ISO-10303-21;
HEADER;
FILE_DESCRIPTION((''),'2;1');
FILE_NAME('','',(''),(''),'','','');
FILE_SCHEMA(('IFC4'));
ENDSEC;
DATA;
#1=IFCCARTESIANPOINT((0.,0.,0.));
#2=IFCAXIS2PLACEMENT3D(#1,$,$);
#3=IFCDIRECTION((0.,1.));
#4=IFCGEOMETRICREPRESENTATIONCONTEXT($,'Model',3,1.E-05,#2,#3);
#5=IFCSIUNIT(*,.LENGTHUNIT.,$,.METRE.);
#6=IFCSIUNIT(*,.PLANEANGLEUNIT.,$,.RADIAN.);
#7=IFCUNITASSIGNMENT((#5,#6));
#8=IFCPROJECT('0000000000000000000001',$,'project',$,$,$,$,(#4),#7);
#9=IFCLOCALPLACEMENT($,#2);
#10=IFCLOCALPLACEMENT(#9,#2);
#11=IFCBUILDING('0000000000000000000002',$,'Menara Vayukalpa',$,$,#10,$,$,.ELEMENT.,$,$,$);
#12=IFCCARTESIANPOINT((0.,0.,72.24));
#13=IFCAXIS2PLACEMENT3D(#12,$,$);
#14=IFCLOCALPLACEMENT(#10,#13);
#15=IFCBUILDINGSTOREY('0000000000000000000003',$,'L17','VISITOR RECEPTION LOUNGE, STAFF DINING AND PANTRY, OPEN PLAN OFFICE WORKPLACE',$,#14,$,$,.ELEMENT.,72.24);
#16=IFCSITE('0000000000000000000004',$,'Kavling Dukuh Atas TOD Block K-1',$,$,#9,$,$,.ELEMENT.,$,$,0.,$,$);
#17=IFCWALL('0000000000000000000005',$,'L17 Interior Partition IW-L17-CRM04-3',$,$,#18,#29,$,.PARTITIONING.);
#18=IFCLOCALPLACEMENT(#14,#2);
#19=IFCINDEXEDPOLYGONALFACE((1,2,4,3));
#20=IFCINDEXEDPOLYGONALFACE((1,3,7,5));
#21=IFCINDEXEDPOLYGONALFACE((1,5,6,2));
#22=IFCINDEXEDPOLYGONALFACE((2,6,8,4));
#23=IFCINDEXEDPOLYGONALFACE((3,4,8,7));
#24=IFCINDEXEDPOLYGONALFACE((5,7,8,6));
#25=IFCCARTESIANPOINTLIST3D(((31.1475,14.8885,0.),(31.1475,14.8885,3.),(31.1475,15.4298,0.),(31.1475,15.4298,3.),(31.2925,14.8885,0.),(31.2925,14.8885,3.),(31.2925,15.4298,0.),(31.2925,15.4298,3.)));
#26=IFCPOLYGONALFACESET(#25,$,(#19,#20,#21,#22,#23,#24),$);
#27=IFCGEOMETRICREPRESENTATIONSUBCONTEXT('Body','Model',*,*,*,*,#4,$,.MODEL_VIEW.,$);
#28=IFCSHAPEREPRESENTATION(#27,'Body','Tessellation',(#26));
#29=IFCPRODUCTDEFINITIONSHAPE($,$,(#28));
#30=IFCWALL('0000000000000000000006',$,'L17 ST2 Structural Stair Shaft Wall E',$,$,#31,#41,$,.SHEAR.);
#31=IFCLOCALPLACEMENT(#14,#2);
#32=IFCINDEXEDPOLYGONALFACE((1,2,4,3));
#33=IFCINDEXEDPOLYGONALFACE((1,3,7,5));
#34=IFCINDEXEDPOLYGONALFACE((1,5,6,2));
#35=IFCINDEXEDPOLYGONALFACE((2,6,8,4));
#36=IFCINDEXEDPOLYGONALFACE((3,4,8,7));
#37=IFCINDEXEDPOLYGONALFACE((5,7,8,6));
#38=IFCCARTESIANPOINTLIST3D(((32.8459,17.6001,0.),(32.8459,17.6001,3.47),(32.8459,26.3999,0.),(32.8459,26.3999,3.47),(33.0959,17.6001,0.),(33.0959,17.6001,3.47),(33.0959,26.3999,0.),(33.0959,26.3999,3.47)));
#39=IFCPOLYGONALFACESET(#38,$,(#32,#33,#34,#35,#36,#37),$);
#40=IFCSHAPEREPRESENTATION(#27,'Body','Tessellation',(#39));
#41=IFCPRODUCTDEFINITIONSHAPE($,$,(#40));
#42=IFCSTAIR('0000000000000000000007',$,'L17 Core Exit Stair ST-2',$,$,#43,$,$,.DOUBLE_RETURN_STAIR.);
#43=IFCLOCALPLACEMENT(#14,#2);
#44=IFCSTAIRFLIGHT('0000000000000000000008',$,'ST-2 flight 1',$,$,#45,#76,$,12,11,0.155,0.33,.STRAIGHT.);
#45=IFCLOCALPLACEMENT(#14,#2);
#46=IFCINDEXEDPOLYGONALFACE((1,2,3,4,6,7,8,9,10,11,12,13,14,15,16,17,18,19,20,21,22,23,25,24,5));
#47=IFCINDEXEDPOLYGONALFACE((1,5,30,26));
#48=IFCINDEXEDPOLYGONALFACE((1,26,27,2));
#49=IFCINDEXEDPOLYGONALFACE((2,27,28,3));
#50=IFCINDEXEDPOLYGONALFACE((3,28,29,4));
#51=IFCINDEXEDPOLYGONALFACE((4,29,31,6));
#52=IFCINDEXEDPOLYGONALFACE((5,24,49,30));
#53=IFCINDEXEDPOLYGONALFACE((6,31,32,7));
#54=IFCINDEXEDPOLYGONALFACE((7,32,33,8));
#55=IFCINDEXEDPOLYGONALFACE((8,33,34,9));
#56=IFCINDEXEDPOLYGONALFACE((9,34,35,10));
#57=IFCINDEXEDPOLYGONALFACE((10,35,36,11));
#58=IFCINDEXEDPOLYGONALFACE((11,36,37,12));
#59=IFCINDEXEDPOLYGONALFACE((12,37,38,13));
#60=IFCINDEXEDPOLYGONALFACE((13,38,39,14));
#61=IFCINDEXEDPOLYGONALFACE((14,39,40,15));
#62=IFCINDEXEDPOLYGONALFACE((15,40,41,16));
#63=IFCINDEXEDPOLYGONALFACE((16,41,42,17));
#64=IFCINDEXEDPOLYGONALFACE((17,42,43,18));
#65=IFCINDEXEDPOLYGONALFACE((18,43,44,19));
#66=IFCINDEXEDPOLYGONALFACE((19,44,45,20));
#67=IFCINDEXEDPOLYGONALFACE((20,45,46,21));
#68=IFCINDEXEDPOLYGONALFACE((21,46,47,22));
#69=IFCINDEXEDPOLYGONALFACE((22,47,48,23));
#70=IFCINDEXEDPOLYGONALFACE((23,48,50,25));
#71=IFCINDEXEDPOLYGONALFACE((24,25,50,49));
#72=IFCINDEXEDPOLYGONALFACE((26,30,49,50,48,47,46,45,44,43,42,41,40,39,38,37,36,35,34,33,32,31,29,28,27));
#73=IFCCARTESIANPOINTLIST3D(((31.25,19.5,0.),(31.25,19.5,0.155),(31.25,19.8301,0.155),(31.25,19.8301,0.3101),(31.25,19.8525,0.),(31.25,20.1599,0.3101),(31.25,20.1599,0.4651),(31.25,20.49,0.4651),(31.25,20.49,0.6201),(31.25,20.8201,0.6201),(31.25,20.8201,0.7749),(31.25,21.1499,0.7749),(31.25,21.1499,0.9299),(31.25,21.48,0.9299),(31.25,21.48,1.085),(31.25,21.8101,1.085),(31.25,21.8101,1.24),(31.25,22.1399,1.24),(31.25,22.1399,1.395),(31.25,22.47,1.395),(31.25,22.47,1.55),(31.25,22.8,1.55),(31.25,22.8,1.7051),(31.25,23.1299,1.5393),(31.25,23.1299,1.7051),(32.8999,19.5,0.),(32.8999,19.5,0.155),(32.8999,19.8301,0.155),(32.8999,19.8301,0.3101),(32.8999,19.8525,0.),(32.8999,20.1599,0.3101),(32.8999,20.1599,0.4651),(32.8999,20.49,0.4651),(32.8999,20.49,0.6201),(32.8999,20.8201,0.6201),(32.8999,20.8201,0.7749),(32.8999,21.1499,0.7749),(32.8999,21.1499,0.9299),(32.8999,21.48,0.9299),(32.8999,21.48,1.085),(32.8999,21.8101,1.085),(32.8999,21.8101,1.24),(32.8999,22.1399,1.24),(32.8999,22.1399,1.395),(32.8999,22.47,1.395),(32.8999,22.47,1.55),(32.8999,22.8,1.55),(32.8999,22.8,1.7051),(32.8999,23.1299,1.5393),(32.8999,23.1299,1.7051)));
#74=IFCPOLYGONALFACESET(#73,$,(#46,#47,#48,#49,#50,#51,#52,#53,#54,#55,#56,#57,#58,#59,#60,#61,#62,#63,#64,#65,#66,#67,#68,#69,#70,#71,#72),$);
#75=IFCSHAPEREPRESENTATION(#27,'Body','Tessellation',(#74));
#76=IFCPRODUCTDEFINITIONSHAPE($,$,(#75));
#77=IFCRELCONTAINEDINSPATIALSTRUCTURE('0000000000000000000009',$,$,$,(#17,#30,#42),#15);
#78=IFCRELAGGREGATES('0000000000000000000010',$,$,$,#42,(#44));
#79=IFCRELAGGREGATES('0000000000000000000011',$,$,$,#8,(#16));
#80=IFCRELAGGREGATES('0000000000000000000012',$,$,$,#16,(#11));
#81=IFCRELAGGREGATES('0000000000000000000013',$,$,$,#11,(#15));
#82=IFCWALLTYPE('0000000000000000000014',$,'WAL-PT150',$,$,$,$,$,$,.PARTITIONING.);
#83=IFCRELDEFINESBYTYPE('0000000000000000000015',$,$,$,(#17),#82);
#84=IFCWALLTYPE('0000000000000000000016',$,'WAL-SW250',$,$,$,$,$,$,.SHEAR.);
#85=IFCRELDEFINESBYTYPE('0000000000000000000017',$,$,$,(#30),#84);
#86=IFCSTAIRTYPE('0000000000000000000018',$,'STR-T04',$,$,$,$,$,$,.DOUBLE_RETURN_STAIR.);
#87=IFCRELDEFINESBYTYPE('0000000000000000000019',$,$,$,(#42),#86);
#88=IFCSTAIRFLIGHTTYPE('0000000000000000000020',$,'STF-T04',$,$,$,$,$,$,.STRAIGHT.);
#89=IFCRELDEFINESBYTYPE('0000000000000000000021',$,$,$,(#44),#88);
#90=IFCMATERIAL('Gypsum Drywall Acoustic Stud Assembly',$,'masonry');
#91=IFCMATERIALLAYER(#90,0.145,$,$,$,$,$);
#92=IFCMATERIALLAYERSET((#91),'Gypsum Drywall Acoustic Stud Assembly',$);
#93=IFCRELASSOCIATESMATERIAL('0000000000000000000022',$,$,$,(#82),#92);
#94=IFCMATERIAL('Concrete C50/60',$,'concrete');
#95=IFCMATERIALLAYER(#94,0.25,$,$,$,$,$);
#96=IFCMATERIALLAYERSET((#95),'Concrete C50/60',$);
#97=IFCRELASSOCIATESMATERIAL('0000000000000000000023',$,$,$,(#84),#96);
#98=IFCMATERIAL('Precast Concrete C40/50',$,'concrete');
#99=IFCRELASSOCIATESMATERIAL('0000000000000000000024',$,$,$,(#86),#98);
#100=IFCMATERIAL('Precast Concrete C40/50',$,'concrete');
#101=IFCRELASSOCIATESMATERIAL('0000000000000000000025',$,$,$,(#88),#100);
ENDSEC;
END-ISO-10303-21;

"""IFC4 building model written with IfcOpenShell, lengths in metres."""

from ifc_helpers import new_model, si_unit, direction, frame, frame_2d, origin, place, context, subcontext, project, spatial, polyline, rectangle, outline, extrude, material, layer, layer_set, type_object, element, aggregate, save


model = new_model("IFC4")

# Units and contexts
model_context = context("Model", 3, precision=1e-05, world=origin(), true_north=direction((0.0, 1.0)))
body_context = subcontext(model_context, "Body", "Model", "MODEL_VIEW")
ifc_project = project(units=[si_unit("LENGTHUNIT", "METRE"), si_unit("PLANEANGLEUNIT", "RADIAN")], contexts=[model_context])

# Site, building, storey
site_placement = place(None, origin())
site = spatial("IfcSite", under=ifc_project, at=site_placement, Name="Kavling Dukuh Atas TOD Block K-1", CompositionType="ELEMENT", RefElevation=0.0)
building_placement = place(site_placement, origin())
building = spatial("IfcBuilding", under=site, at=building_placement, Name="Menara Vayukalpa", CompositionType="ELEMENT")
storey_placement = place(building_placement, frame((0.0, 0.0, 72.24)))
storey = spatial("IfcBuildingStorey", under=building, at=storey_placement, Name="L17", Description="VISITOR RECEPTION LOUNGE, STAFF DINING AND PANTRY, OPEN PLAN OFFICE WORKPLACE", CompositionType="ELEMENT", Elevation=72.24)

# Walls
ifc_material_1 = material(Name="Gypsum Drywall Acoustic Stud Assembly", Category="masonry")
ifc_layer_1 = layer(ifc_material_1, 0.145)
ifc_layer_set_1 = layer_set([ifc_layer_1], Name="Gypsum Drywall Acoustic Stud Assembly")
wall_type_1 = type_object("IfcWallType", Name="WAL-PT150", PredefinedType="PARTITIONING", material=ifc_layer_set_1)
wall_1_placement = place(storey_placement, frame((31.22, 14.8887, 0.0), z_axis=(0.0, 0.0, 1.0), x_axis=(0.0, 1.0, 0.0)))
element("IfcWall", 1, at=wall_1_placement, inside=storey, type_object=wall_type_1, Name="L17 Interior Partition IW-L17-CRM04-3", PredefinedType="PARTITIONING", context=body_context, shape_type="SweptSolid", body=[
    extrude(rectangle(XDim=0.5413, YDim=0.145, at=frame_2d((0.2705, 0.0))), origin(), (0.0, 0.0, 1.0), 3.0),
])
ifc_material_2 = material(Name="Concrete C50/60", Category="concrete")
ifc_layer_2 = layer(ifc_material_2, 0.25)
ifc_layer_set_2 = layer_set([ifc_layer_2], Name="Concrete C50/60")
wall_type_2 = type_object("IfcWallType", Name="WAL-SW250", PredefinedType="SHEAR", material=ifc_layer_set_2)
wall_2_placement = place(storey_placement, frame((32.9709, 17.6001, 0.0), z_axis=(0.0, 0.0, 1.0), x_axis=(0.0, 1.0, 0.0)))
element("IfcWall", 2, at=wall_2_placement, inside=storey, type_object=wall_type_2, Name="L17 ST2 Structural Stair Shaft Wall E", PredefinedType="SHEAR", context=body_context, shape_type="SweptSolid", body=[
    extrude(rectangle(XDim=8.7998, YDim=0.25, at=frame_2d((4.3999, 0.0))), origin(), (0.0, 0.0, 1.0), 3.47),
])

# Stair, stair flight
ifc_material_3 = material(Name="Precast Concrete C40/50", Category="concrete")
stair_type = type_object("IfcStairType", Name="STR-T04", PredefinedType="DOUBLE_RETURN_STAIR", material=ifc_material_3)
stair_placement = place(storey_placement, origin())
stair = element("IfcStair", 3, at=stair_placement, inside=storey, type_object=stair_type, Name="L17 Core Exit Stair ST-2", PredefinedType="DOUBLE_RETURN_STAIR")
ifc_material_4 = material(Name="Precast Concrete C40/50", Category="concrete")
stair_flight_type = type_object("IfcStairFlightType", Name="STF-T04", PredefinedType="STRAIGHT", material=ifc_material_4)
stair_flight_placement = place(storey_placement, frame((32.075, 19.5, 0.0), z_axis=(0.0, 0.0, 1.0), x_axis=(0.0, 1.0, 0.0)))
stair_flight = element("IfcStairFlight", 4, at=stair_flight_placement, type_object=stair_flight_type, Name="ST-2 flight 1", NumberOfRisers=12, NumberOfTreads=11, PredefinedType="STRAIGHT", RiserHeight=0.155, TreadLength=0.33, context=body_context, shape_type="SweptSolid", body=[
    extrude(outline(polyline([(0.0, 0.0), (0.0, 0.155), (0.3301, 0.155), (0.3301, 0.3101), (0.6599, 0.3101), (0.6599, 0.4651), (0.99, 0.4651), (0.99, 0.6201), (1.3201, 0.6201), (1.3201, 0.7749), (1.6499, 0.7749), (1.6499, 0.9299), (1.98, 0.9299), (1.98, 1.085), (2.3101, 1.085), (2.3101, 1.24), (2.6399, 1.24), (2.6399, 1.395), (2.97, 1.395), (2.97, 1.55), (3.3, 1.55), (3.3, 1.7051), (3.6299, 1.7051), (3.6299, 1.8601), (3.6299, 1.5393), (0.3525, 0.0), (0.0, 0.0)])), frame((0.0, 0.825, 0.0), z_axis=(0.0, -1.0, 0.0), x_axis=(1.0, 0.0, 0.0)), (0.0, 0.0, 1.0), 1.6499),
])
aggregate(stair, [stair_flight])

save(model, "model.ifc")
